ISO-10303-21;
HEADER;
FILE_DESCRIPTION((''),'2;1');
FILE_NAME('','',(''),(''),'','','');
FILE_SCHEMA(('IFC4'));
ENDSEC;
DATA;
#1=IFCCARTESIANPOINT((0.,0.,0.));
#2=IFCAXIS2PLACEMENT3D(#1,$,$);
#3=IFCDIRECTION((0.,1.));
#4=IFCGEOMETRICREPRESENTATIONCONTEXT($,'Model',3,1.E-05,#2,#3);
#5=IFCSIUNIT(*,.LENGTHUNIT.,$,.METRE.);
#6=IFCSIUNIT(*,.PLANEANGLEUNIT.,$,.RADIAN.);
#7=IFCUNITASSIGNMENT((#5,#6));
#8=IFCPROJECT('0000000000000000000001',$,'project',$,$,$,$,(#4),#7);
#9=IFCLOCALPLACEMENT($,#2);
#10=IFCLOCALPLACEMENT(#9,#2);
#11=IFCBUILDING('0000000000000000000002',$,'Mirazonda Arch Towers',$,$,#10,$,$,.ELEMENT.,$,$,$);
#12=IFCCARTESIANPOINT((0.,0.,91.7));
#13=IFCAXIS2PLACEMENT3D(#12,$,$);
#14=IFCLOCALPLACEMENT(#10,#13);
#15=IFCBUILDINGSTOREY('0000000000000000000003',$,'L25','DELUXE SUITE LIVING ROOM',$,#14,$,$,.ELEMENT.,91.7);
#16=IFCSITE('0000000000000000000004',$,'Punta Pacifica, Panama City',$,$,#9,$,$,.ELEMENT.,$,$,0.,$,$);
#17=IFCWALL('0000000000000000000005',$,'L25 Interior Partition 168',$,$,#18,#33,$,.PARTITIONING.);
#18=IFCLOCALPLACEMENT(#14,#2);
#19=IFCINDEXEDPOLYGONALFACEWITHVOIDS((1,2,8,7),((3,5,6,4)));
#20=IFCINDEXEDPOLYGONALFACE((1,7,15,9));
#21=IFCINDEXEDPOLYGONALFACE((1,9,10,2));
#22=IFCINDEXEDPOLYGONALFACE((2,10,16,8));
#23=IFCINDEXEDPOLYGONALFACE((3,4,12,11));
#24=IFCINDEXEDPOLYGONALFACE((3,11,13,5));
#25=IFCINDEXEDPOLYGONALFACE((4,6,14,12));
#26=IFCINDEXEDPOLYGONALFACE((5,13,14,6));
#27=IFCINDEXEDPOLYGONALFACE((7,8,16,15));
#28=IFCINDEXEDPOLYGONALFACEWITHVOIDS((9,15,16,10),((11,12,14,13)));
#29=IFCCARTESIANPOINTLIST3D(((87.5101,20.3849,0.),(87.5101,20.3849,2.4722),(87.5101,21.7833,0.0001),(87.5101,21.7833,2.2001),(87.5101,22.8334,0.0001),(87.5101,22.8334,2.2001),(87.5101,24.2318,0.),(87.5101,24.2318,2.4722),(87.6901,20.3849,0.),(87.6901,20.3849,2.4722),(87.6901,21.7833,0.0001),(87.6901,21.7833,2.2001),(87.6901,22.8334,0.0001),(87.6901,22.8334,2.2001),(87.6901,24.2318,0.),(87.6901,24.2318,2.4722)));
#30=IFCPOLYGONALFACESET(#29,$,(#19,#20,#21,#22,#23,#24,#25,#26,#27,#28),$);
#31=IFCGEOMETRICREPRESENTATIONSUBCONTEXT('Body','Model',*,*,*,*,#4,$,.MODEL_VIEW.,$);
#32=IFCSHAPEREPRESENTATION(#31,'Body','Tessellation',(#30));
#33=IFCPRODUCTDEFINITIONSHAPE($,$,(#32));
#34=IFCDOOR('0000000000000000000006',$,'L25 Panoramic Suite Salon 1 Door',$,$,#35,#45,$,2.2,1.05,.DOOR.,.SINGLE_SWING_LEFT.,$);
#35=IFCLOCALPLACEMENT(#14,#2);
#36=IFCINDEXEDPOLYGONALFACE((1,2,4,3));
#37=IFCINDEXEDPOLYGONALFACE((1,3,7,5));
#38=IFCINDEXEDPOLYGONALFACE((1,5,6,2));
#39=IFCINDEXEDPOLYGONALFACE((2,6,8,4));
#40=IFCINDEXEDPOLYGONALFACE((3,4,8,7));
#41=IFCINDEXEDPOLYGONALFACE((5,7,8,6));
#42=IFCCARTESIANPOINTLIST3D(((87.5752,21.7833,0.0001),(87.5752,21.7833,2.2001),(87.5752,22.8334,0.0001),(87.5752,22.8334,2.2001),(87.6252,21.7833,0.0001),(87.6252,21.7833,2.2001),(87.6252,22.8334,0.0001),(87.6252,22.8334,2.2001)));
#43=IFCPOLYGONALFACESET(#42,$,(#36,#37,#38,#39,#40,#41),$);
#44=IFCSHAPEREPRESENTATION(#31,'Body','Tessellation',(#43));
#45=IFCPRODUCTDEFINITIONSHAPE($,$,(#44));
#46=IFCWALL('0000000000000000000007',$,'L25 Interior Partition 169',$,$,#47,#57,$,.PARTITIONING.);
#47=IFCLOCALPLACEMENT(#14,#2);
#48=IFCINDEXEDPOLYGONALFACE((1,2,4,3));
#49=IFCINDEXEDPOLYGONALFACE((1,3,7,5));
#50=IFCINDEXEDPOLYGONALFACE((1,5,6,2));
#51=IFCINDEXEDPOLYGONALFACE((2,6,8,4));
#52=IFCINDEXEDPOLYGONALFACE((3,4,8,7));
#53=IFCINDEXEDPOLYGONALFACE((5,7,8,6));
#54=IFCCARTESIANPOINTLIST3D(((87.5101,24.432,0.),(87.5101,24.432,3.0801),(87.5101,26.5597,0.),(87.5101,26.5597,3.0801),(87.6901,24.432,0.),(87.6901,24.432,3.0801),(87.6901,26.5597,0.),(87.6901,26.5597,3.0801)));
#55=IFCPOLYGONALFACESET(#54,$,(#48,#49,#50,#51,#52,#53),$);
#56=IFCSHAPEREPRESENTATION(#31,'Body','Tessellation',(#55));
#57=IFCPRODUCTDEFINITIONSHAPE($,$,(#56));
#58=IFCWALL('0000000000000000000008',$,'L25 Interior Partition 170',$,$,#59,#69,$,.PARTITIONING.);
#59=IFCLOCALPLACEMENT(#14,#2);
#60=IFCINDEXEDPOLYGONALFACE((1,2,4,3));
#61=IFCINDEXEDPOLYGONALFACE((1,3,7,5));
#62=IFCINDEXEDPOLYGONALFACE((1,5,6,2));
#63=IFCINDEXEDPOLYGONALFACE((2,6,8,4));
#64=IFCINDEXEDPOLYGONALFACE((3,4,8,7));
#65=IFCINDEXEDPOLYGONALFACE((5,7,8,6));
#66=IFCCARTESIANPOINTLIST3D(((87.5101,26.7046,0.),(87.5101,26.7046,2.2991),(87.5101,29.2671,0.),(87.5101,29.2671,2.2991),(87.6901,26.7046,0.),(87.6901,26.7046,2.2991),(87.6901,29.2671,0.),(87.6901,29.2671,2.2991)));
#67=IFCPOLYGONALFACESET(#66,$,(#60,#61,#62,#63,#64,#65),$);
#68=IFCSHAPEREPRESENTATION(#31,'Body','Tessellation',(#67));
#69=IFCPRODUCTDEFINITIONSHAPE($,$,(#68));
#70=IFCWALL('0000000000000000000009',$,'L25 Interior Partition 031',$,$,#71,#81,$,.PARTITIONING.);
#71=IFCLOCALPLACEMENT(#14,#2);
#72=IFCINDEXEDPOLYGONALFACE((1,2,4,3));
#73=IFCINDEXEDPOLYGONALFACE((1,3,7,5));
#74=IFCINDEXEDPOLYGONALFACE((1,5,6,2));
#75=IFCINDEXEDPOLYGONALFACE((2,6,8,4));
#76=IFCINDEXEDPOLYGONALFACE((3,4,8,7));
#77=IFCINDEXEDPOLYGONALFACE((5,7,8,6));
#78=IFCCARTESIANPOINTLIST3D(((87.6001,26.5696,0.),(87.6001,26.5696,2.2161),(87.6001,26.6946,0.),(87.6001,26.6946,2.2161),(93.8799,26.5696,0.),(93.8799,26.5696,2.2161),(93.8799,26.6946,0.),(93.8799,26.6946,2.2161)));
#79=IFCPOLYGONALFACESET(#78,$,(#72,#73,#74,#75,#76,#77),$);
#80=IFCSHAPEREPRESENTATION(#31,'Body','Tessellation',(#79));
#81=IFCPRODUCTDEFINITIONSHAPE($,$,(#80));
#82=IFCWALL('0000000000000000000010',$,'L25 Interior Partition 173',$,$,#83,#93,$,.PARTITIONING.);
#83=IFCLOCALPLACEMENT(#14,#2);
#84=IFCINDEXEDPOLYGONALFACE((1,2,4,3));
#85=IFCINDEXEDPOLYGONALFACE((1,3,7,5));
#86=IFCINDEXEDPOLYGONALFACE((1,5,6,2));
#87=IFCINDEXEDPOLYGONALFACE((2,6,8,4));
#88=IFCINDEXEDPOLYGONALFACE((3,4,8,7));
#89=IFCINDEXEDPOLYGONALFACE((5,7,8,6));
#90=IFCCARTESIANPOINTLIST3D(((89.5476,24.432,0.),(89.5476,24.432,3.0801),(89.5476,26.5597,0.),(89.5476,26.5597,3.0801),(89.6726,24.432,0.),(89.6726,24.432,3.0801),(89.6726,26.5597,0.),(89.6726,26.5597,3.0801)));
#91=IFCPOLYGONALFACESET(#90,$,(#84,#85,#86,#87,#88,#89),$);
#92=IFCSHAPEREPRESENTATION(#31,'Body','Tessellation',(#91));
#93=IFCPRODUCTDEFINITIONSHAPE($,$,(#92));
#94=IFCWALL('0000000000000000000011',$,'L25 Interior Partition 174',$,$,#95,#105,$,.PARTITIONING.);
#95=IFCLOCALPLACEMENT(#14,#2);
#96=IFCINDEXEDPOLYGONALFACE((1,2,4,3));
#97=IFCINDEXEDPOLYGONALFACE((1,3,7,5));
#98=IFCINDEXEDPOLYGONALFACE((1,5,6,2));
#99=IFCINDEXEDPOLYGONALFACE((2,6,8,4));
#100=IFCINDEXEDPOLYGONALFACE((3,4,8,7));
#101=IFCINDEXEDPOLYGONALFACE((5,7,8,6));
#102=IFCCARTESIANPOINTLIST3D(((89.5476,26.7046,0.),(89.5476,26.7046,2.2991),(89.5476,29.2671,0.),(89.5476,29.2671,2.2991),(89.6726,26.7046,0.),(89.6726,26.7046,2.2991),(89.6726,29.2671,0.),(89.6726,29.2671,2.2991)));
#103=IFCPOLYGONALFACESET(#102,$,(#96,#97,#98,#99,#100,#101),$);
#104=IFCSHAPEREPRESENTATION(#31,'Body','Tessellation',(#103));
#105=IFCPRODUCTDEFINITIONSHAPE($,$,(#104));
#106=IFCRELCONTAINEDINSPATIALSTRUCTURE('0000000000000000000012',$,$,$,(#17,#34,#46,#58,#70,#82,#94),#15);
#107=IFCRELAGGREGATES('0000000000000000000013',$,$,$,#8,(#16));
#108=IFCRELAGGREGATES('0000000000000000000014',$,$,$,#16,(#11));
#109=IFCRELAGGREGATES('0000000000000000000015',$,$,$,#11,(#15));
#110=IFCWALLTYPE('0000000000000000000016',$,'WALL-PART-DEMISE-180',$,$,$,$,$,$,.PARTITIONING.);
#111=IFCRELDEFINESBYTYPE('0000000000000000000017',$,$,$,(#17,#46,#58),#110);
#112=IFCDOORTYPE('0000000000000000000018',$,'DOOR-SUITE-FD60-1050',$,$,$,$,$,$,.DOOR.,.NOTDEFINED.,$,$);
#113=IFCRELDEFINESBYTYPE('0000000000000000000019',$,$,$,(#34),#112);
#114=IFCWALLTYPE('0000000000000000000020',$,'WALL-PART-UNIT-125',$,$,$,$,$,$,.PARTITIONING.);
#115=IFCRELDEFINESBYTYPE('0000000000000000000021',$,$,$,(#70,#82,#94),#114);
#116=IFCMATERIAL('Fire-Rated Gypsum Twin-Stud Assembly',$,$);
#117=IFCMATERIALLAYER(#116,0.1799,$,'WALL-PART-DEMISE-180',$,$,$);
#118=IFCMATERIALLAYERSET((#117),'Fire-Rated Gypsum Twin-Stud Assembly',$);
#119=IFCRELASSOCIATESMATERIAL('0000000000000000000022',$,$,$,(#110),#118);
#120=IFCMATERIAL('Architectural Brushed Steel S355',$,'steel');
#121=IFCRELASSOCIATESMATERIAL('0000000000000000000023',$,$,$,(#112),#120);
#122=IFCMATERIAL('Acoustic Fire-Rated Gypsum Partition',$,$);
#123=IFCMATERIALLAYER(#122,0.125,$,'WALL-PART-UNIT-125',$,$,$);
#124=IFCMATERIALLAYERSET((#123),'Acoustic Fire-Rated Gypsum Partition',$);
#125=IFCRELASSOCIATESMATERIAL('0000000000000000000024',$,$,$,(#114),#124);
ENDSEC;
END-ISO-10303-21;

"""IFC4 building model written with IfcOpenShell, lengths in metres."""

from ifc_helpers import new_model, si_unit, direction, frame, frame_2d, origin, place, context, subcontext, project, spatial, rectangle, extrude, material, layer, layer_set, type_object, element, fill, save


model = new_model("IFC4")

# Units and contexts
model_context = context("Model", 3, precision=1e-05, world=origin(), true_north=direction((0.0, 1.0)))
body_context = subcontext(model_context, "Body", "Model", "MODEL_VIEW")
ifc_project = project(units=[si_unit("LENGTHUNIT", "METRE"), si_unit("PLANEANGLEUNIT", "RADIAN")], contexts=[model_context])

# Site, building, storey
site_placement = place(None, origin())
site = spatial("IfcSite", under=ifc_project, at=site_placement, Name="Punta Pacifica, Panama City", CompositionType="ELEMENT", RefElevation=0.0)
building_placement = place(site_placement, origin())
building = spatial("IfcBuilding", under=site, at=building_placement, Name="Mirazonda Arch Towers", CompositionType="ELEMENT")
storey_placement = place(building_placement, frame((0.0, 0.0, 91.7)))
storey = spatial("IfcBuildingStorey", under=building, at=storey_placement, Name="L25", Description="DELUXE SUITE LIVING ROOM", CompositionType="ELEMENT", Elevation=91.7)

# Shared definitions
ifc_material_1 = material(Name="Fire-Rated Gypsum Twin-Stud Assembly")
ifc_layer_1 = layer(ifc_material_1, 0.1799, Name="WALL-PART-DEMISE-180")
ifc_layer_set_1 = layer_set([ifc_layer_1], Name="Fire-Rated Gypsum Twin-Stud Assembly")
wall_type_1 = type_object("IfcWallType", Name="WALL-PART-DEMISE-180", PredefinedType="PARTITIONING", material=ifc_layer_set_1)
ifc_material_2 = material(Name="Architectural Brushed Steel S355", Category="steel")

# Wall, opening, door
wall_1_placement = place(storey_placement, frame((87.6001, 20.385, 0.0), z_axis=(0.0, 0.0, 1.0), x_axis=(0.0, 1.0, 0.0)))
wall_1 = element("IfcWall", 1, at=wall_1_placement, inside=storey, type_object=wall_type_1, Name="L25 Interior Partition 168", PredefinedType="PARTITIONING", context=body_context, shape_type="SweptSolid", body=[
    extrude(rectangle(XDim=3.8469, YDim=0.1799, at=frame_2d((1.9233, 0.0))), origin(), (0.0, 0.0, 1.0), 2.4722),
])
opening_1_placement = place(wall_1_placement, frame((1.3984, 0.0, 0.0)))
opening_1 = element("IfcOpeningElement", 2, at=opening_1_placement, cuts=wall_1, PredefinedType="OPENING", context=body_context, shape_type="SweptSolid", body=[
    extrude(rectangle(XDim=1.05, YDim=2.2, at=frame_2d((0.5249, 1.1001))), frame((0.0, 0.0999, 0.0), z_axis=(0.0, -1.0, 0.0), x_axis=(1.0, 0.0, 0.0)), (0.0, 0.0, 1.0), 0.2),
])
door_type_1 = type_object("IfcDoorType", Name="DOOR-SUITE-FD60-1050", OperationType="NOTDEFINED", PredefinedType="DOOR", material=ifc_material_2)
door_1_placement = place(opening_1_placement, origin())
door_1 = element("IfcDoor", 3, at=door_1_placement, inside=storey, type_object=door_type_1, Name="L25 Panoramic Suite Salon 1 Door", OperationType="SINGLE_SWING_LEFT", OverallHeight=2.2, OverallWidth=1.05, PredefinedType="DOOR", context=body_context, shape_type="SweptSolid", body=[
    extrude(rectangle(XDim=1.05, YDim=2.2, at=frame_2d((0.5249, 1.1001))), frame((0.0, 0.0249, 0.0), z_axis=(0.0, -1.0, 0.0), x_axis=(1.0, 0.0, 0.0)), (0.0, 0.0, 1.0), 0.05),
])
fill(opening_1, door_1)

# Walls
wall_2_placement = place(storey_placement, frame((87.6001, 24.4319, 0.0), z_axis=(0.0, 0.0, 1.0), x_axis=(0.0, 1.0, 0.0)))
element("IfcWall", 4, at=wall_2_placement, inside=storey, type_object=wall_type_1, Name="L25 Interior Partition 169", PredefinedType="PARTITIONING", context=body_context, shape_type="SweptSolid", body=[
    extrude(rectangle(XDim=2.1277, YDim=0.1799, at=frame_2d((1.064, 0.0))), origin(), (0.0, 0.0, 1.0), 3.0801),
])
wall_3_placement = place(storey_placement, frame((87.6001, 26.7046, 0.0), z_axis=(0.0, 0.0, 1.0), x_axis=(0.0, 1.0, 0.0)))
element("IfcWall", 5, at=wall_3_placement, inside=storey, type_object=wall_type_1, Name="L25 Interior Partition 170", PredefinedType="PARTITIONING", context=body_context, shape_type="SweptSolid", body=[
    extrude(rectangle(XDim=2.5625, YDim=0.1799, at=frame_2d((1.2812, 0.0))), origin(), (0.0, 0.0, 1.0), 2.2991),
])
ifc_material_3 = material(Name="Acoustic Fire-Rated Gypsum Partition")
ifc_layer_2 = layer(ifc_material_3, 0.125, Name="WALL-PART-UNIT-125")
ifc_layer_set_2 = layer_set([ifc_layer_2], Name="Acoustic Fire-Rated Gypsum Partition")
wall_type_2 = type_object("IfcWallType", Name="WALL-PART-UNIT-125", PredefinedType="PARTITIONING", material=ifc_layer_set_2)
wall_4_placement = place(storey_placement, frame((87.6001, 26.6321, 0.0), z_axis=(0.0, 0.0, 1.0), x_axis=(1.0, 0.0, 0.0)))
element("IfcWall", 6, at=wall_4_placement, inside=storey, type_object=wall_type_2, Name="L25 Interior Partition 031", PredefinedType="PARTITIONING", context=body_context, shape_type="SweptSolid", body=[
    extrude(rectangle(XDim=6.2798, YDim=0.125, at=frame_2d((3.1399, 0.0))), origin(), (0.0, 0.0, 1.0), 2.2161),
])
wall_5_placement = place(storey_placement, frame((89.6101, 24.4319, 0.0), z_axis=(0.0, 0.0, 1.0), x_axis=(0.0, 1.0, 0.0)))
element("IfcWall", 7, at=wall_5_placement, inside=storey, type_object=wall_type_2, Name="L25 Interior Partition 173", PredefinedType="PARTITIONING", context=body_context, shape_type="SweptSolid", body=[
    extrude(rectangle(XDim=2.1277, YDim=0.125, at=frame_2d((1.064, 0.0))), origin(), (0.0, 0.0, 1.0), 3.0801),
])
wall_6_placement = place(storey_placement, frame((89.6101, 26.7046, 0.0), z_axis=(0.0, 0.0, 1.0), x_axis=(0.0, 1.0, 0.0)))
element("IfcWall", 8, at=wall_6_placement, inside=storey, type_object=wall_type_2, Name="L25 Interior Partition 174", PredefinedType="PARTITIONING", context=body_context, shape_type="SweptSolid", body=[
    extrude(rectangle(XDim=2.5625, YDim=0.125, at=frame_2d((1.2812, 0.0))), origin(), (0.0, 0.0, 1.0), 2.2991),
])

save(model, "model.ifc")
